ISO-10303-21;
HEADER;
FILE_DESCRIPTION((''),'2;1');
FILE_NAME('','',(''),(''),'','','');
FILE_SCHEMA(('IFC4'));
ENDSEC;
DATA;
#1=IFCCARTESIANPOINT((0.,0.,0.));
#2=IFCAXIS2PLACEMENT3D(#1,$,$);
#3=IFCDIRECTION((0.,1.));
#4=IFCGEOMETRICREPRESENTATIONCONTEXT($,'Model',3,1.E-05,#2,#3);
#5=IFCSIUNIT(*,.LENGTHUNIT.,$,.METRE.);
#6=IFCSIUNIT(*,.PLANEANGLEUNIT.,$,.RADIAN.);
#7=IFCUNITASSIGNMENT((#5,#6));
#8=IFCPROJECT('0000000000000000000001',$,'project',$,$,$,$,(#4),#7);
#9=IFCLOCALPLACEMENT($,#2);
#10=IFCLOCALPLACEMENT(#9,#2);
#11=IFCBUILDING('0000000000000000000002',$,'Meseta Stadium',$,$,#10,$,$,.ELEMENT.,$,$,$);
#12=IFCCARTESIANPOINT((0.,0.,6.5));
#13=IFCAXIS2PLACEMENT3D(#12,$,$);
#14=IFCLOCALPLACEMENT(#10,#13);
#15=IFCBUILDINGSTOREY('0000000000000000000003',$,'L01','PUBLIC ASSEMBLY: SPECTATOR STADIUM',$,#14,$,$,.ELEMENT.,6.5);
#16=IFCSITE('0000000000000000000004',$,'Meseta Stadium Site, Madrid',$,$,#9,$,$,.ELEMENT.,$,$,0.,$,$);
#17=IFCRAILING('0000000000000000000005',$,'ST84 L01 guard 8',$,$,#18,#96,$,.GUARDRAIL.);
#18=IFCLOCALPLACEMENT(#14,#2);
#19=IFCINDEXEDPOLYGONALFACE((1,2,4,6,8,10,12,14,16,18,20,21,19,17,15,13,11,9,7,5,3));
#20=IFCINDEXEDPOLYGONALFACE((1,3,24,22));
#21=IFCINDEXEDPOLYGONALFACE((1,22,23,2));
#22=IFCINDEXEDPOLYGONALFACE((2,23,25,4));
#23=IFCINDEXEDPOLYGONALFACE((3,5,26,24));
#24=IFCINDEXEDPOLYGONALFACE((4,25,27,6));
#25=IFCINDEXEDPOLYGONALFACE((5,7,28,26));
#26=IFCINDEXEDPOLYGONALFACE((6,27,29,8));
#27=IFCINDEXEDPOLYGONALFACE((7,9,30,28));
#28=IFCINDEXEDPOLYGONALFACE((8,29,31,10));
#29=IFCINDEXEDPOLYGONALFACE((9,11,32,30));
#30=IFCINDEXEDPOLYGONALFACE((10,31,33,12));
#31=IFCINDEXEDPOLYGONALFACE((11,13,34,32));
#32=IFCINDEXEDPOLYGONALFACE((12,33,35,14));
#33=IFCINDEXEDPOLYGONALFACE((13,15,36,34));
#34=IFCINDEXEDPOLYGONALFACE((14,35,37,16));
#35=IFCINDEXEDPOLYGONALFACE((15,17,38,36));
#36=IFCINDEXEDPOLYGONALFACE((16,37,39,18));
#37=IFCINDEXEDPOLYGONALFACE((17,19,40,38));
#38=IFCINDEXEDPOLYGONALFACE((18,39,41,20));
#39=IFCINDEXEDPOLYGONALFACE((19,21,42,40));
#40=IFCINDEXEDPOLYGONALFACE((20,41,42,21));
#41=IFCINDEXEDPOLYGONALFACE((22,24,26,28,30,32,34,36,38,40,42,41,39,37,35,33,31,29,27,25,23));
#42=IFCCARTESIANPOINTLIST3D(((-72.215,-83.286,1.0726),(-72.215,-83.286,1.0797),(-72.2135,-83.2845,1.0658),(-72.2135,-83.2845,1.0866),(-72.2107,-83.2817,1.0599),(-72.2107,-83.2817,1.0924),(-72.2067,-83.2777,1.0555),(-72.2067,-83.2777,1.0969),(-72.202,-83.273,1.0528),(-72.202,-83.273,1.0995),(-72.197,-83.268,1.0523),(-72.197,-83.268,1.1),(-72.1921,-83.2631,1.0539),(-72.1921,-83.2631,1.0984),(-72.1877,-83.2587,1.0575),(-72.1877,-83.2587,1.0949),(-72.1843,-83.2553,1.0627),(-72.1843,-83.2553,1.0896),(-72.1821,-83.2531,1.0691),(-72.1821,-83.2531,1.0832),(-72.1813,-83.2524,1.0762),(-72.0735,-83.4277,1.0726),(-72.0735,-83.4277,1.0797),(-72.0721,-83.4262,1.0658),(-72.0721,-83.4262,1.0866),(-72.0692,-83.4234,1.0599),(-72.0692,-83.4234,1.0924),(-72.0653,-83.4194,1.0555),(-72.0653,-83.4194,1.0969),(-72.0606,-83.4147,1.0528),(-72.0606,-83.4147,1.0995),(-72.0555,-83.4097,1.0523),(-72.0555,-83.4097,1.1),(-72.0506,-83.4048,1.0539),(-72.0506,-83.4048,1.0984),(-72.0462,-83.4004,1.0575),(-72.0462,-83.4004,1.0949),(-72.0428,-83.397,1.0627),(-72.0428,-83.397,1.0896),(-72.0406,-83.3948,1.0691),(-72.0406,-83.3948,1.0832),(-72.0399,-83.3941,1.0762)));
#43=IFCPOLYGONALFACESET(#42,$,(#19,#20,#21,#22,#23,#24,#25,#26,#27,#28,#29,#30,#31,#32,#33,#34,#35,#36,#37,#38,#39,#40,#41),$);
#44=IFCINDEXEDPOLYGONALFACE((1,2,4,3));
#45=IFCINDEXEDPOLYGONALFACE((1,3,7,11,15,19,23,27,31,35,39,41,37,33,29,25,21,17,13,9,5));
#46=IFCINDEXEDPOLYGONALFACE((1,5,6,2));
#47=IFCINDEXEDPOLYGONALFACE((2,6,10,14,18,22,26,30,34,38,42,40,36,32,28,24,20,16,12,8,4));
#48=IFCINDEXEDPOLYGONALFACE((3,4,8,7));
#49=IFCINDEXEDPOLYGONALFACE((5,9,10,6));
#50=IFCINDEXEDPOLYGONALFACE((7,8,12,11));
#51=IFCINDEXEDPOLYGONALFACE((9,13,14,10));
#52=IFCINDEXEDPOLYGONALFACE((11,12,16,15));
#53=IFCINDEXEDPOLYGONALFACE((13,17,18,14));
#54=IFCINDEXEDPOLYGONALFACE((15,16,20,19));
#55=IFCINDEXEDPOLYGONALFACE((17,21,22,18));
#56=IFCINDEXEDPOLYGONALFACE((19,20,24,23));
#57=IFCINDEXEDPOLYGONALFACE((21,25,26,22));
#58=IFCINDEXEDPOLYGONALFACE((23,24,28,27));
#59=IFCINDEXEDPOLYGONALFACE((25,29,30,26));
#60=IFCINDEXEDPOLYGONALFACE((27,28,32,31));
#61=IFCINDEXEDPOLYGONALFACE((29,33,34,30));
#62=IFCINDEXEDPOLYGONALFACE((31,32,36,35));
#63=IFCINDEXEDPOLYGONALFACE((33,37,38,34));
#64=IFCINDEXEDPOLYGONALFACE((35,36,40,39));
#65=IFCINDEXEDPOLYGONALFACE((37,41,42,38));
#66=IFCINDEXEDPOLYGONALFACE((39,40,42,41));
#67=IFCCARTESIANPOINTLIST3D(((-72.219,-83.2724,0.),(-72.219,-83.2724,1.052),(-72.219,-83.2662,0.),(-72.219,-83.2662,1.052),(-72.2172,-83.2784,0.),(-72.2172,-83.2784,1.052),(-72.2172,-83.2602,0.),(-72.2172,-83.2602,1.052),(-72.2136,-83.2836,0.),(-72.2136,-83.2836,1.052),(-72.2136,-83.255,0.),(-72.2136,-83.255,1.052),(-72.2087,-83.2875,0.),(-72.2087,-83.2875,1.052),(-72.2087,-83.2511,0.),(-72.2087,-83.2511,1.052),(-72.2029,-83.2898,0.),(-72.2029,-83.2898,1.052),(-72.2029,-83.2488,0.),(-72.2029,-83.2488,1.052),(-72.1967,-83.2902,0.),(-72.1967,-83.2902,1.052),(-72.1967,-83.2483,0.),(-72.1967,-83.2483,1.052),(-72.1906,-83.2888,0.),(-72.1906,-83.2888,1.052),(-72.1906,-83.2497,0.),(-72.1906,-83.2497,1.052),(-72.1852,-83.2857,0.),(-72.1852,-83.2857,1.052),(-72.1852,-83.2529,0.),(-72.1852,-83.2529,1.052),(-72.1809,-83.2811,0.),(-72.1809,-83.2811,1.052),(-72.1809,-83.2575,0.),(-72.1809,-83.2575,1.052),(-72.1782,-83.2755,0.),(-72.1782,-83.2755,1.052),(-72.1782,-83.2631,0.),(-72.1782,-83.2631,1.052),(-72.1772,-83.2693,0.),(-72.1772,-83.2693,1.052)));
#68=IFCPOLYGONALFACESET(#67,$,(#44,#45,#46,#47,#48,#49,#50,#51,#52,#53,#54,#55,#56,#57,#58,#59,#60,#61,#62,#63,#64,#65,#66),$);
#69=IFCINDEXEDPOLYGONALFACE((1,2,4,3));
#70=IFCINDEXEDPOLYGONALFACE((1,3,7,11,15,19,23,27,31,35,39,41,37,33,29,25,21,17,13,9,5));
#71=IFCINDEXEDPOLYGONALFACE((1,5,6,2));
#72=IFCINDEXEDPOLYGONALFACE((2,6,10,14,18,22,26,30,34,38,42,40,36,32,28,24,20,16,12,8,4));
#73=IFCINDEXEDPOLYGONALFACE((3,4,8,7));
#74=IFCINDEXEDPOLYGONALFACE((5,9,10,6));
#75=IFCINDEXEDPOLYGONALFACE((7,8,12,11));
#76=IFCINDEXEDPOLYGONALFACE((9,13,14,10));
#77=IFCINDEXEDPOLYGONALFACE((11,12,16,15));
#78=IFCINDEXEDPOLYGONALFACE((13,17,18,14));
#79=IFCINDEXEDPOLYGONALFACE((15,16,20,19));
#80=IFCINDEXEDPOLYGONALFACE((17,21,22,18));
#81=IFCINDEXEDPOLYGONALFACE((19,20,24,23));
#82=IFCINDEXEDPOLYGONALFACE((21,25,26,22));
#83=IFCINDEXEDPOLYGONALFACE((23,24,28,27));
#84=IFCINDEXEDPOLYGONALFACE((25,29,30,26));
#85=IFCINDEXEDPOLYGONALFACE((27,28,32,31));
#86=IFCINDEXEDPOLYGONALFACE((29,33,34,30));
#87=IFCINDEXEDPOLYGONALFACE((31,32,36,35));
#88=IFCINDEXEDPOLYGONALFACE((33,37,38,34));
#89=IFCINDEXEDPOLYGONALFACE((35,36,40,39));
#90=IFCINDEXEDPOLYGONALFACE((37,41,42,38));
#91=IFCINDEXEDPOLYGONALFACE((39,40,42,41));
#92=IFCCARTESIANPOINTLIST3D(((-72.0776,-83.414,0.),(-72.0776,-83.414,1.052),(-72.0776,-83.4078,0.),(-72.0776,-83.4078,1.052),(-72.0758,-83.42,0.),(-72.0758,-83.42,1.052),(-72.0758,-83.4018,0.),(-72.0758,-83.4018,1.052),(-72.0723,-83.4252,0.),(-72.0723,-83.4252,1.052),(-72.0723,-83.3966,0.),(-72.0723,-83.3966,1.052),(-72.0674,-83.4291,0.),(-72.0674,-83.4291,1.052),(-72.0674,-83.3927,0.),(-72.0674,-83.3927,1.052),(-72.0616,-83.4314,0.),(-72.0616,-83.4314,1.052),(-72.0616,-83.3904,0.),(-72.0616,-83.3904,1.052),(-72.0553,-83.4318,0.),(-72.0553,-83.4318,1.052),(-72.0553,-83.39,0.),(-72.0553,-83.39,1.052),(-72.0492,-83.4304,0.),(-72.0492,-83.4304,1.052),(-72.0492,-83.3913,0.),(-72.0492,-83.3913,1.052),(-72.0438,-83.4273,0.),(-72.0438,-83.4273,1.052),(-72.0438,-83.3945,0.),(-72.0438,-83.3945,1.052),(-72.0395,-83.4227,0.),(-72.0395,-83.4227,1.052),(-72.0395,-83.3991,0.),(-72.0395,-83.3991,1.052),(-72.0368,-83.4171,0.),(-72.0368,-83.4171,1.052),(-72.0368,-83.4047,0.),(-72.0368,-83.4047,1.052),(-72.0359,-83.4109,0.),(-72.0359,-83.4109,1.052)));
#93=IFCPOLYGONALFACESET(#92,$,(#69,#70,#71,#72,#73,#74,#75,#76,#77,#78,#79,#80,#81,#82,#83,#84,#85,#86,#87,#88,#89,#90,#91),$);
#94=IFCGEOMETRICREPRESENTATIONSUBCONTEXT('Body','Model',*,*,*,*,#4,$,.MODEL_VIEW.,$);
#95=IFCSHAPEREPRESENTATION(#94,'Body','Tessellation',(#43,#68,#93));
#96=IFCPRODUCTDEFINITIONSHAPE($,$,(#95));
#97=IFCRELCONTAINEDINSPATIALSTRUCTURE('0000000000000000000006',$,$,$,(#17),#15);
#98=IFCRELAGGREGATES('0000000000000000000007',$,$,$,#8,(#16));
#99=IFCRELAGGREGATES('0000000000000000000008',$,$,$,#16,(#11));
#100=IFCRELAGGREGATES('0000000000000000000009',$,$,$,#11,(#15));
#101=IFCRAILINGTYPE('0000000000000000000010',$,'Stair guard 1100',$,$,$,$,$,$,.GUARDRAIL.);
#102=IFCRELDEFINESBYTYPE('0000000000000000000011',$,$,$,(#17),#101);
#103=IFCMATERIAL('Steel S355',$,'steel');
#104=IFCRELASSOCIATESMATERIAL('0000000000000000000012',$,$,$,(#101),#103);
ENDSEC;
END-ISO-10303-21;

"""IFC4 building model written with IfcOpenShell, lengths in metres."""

from ifc_helpers import new_model, si_unit, direction, frame, origin, origin_2d, place, context, subcontext, project, spatial, circle, extrude, material, type_object, element, save


model = new_model("IFC4")

# Units and contexts
model_context = context("Model", 3, precision=1e-05, world=origin(), true_north=direction((0.0, 1.0)))
body_context = subcontext(model_context, "Body", "Model", "MODEL_VIEW")
ifc_project = project(units=[si_unit("LENGTHUNIT", "METRE"), si_unit("PLANEANGLEUNIT", "RADIAN")], contexts=[model_context])

# Site, building, storey
site_placement = place(None, origin())
site = spatial("IfcSite", under=ifc_project, at=site_placement, Name="Meseta Stadium Site, Madrid", CompositionType="ELEMENT", RefElevation=0.0)
building_placement = place(site_placement, origin())
building = spatial("IfcBuilding", under=site, at=building_placement, Name="Meseta Stadium", CompositionType="ELEMENT")
storey_placement = place(building_placement, frame((0.0, 0.0, 6.5)))
storey = spatial("IfcBuildingStorey", under=building, at=storey_placement, Name="L01", Description="PUBLIC ASSEMBLY: SPECTATOR STADIUM", CompositionType="ELEMENT", Elevation=6.5)

# Railing
ifc_material_1 = material(Name="Steel S355", Category="steel")
railing_type = type_object("IfcRailingType", Name="Stair guard 1100", PredefinedType="GUARDRAIL", material=ifc_material_1)
railing_1_placement = place(storey_placement, frame((-72.1982, -83.2693, 0.0)))
element("IfcRailing", 1, at=railing_1_placement, inside=storey, type_object=railing_type, Name="ST84 L01 guard 8", PredefinedType="GUARDRAIL", context=body_context, shape_type="SweptSolid", body=[
    extrude(circle(Radius=0.0239, at=origin_2d()), frame((0.0, 0.0, 1.0762), z_axis=(0.706496, -0.707717, 0.0), x_axis=(0.707717, 0.706496, 0.0)), (0.0, 0.0, 1.0), 0.2002),
    extrude(circle(Radius=0.021, at=origin_2d()), origin(), (0.0, 0.0, 1.0), 1.052),
    extrude(circle(Radius=0.021, at=origin_2d()), frame((0.1414, -0.1416, 0.0)), (0.0, 0.0, 1.0), 1.052),
])

save(model, "model.ifc")
